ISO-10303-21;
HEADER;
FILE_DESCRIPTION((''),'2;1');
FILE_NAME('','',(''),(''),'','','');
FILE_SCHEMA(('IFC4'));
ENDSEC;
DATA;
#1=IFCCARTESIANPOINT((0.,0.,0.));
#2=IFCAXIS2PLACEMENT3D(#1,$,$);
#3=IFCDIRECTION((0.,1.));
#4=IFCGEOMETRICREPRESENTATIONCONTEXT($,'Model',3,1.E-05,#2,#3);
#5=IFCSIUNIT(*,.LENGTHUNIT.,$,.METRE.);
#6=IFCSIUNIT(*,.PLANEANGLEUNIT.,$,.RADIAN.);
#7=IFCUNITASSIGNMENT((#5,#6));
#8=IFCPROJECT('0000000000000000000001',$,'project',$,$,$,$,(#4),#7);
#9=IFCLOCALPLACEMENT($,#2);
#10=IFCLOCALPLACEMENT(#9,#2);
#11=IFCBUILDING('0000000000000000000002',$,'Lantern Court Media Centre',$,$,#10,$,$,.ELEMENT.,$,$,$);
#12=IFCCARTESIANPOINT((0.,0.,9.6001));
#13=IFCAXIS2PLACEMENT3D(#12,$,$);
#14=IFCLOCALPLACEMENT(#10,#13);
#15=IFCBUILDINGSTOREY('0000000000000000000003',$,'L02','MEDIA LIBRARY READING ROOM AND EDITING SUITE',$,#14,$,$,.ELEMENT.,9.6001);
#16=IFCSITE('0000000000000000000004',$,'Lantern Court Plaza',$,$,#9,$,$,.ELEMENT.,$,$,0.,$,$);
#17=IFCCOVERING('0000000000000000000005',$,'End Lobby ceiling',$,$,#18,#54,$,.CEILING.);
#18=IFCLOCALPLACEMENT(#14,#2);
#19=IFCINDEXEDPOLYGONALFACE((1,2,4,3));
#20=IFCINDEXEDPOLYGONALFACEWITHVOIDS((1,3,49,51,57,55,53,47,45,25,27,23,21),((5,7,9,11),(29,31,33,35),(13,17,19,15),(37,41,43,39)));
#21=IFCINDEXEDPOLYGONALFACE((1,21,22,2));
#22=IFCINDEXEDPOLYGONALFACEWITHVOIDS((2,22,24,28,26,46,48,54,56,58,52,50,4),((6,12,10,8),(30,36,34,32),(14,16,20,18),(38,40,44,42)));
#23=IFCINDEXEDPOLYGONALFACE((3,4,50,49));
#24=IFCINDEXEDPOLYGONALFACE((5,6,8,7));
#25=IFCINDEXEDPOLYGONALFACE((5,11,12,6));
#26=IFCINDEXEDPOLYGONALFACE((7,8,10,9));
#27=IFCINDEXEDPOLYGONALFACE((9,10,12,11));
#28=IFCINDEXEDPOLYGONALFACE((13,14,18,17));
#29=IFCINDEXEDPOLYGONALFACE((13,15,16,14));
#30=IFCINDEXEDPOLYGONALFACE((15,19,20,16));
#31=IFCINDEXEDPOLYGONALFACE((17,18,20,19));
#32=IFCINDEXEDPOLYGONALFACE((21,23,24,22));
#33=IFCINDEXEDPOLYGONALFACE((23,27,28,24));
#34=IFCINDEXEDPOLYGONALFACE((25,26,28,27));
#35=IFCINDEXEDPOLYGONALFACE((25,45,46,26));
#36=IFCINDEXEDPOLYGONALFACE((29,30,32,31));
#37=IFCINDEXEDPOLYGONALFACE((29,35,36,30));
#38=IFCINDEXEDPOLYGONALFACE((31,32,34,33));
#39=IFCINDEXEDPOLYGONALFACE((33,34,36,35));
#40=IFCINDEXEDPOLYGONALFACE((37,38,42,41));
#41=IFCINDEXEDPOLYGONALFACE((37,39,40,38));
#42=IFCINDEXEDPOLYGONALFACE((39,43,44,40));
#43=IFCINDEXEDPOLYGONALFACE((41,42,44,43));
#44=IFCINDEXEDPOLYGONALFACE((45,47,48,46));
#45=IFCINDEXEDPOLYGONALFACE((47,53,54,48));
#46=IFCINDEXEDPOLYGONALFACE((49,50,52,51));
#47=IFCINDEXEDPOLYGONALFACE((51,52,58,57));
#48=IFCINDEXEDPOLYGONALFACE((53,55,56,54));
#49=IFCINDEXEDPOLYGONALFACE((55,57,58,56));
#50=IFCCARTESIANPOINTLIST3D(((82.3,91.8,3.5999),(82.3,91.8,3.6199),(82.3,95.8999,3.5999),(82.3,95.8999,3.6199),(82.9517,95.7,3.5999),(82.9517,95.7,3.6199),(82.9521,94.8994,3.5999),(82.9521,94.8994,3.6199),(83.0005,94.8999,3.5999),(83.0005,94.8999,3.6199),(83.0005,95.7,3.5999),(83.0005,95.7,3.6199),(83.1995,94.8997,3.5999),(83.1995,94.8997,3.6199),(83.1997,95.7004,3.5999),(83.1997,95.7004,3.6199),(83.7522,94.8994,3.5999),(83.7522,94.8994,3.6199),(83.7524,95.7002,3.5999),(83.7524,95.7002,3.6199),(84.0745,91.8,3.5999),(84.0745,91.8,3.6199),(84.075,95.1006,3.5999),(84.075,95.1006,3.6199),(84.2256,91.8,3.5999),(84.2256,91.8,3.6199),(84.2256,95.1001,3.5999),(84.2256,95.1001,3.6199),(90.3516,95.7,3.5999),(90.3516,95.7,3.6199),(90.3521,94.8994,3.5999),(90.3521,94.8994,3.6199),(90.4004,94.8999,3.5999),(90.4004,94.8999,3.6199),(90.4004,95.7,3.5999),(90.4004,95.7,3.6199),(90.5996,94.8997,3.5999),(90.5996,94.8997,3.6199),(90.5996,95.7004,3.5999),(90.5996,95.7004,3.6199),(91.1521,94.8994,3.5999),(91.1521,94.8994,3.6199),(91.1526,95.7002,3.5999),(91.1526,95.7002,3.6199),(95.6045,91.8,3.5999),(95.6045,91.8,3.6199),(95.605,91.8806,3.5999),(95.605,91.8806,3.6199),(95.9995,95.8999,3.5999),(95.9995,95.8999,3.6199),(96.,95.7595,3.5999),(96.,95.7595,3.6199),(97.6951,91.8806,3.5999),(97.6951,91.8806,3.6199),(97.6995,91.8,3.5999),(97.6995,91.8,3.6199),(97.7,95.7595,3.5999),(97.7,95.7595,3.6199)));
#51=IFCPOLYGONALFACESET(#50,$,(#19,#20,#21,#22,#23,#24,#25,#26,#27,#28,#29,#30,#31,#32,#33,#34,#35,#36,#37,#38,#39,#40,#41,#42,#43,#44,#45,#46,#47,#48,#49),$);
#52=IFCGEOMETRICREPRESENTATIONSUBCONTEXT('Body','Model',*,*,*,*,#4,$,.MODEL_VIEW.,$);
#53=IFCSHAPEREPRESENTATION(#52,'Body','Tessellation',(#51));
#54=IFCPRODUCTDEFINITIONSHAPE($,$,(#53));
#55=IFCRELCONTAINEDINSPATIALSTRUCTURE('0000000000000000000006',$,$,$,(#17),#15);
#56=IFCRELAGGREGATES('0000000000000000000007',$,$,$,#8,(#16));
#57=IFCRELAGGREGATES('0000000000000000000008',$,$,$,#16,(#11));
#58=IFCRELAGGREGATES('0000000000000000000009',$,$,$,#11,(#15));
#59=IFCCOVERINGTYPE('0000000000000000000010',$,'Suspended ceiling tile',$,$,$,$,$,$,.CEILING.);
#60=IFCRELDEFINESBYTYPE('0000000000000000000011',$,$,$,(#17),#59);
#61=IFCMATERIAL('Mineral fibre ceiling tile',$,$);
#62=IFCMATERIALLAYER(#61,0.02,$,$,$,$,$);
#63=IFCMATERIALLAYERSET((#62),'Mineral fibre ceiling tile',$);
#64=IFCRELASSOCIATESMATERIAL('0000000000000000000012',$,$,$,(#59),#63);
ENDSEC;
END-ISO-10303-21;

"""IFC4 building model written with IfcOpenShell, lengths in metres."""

from ifc_helpers import new_model, si_unit, direction, frame, origin, place, context, subcontext, project, spatial, polyline, outline, extrude, material, layer, layer_set, type_object, element, save


model = new_model("IFC4")

# Units and contexts
model_context = context("Model", 3, precision=1e-05, world=origin(), true_north=direction((0.0, 1.0)))
body_context = subcontext(model_context, "Body", "Model", "MODEL_VIEW")
ifc_project = project(units=[si_unit("LENGTHUNIT", "METRE"), si_unit("PLANEANGLEUNIT", "RADIAN")], contexts=[model_context])

# Site, building, storey
site_placement = place(None, origin())
site = spatial("IfcSite", under=ifc_project, at=site_placement, Name="Lantern Court Plaza", CompositionType="ELEMENT", RefElevation=0.0)
building_placement = place(site_placement, origin())
building = spatial("IfcBuilding", under=site, at=building_placement, Name="Lantern Court Media Centre", CompositionType="ELEMENT")
storey_placement = place(building_placement, frame((0.0, 0.0, 9.6001)))
storey = spatial("IfcBuildingStorey", under=building, at=storey_placement, Name="L02", Description="MEDIA LIBRARY READING ROOM AND EDITING SUITE", CompositionType="ELEMENT", Elevation=9.6001)

# Covering
ifc_material = material(Name="Mineral fibre ceiling tile")
ifc_layer = layer(ifc_material, 0.02)
ifc_layer_set = layer_set([ifc_layer], Name="Mineral fibre ceiling tile")
covering_type = type_object("IfcCoveringType", Name="Suspended ceiling tile", PredefinedType="CEILING", material=ifc_layer_set)
covering_1_placement = place(storey_placement, frame((0.0, 0.0, 3.5999)))
element("IfcCovering", 1, at=covering_1_placement, inside=storey, type_object=covering_type, Name="End Lobby ceiling", PredefinedType="CEILING", context=body_context, shape_type="SweptSolid", body=[
    extrude(outline(polyline([(97.7, 95.7595), (97.6995, 91.8), (97.6951, 91.8806), (95.605, 91.8806), (95.6045, 91.8), (84.2256, 91.8), (84.2256, 95.1001), (84.075, 95.1006), (84.0745, 91.8), (82.3, 91.8), (82.3, 95.8999), (95.9995, 95.8999), (96.0, 95.7595), (97.7, 95.7595)]), holes=[polyline([(91.1521, 94.8994), (91.1526, 95.7002), (90.5996, 95.7004), (90.5996, 94.8997), (91.1521, 94.8994)]), polyline([(90.4004, 95.7), (90.3516, 95.7), (90.3521, 94.8994), (90.4004, 94.8999), (90.4004, 95.7)]), polyline([(83.7522, 94.8994), (83.7524, 95.7002), (83.1997, 95.7004), (83.1995, 94.8997), (83.7522, 94.8994)]), polyline([(83.0005, 95.7), (82.9517, 95.7), (82.9521, 94.8994), (83.0005, 94.8999), (83.0005, 95.7)])]), origin(), (0.0, 0.0, 1.0), 0.02),
])

save(model, "model.ifc")
